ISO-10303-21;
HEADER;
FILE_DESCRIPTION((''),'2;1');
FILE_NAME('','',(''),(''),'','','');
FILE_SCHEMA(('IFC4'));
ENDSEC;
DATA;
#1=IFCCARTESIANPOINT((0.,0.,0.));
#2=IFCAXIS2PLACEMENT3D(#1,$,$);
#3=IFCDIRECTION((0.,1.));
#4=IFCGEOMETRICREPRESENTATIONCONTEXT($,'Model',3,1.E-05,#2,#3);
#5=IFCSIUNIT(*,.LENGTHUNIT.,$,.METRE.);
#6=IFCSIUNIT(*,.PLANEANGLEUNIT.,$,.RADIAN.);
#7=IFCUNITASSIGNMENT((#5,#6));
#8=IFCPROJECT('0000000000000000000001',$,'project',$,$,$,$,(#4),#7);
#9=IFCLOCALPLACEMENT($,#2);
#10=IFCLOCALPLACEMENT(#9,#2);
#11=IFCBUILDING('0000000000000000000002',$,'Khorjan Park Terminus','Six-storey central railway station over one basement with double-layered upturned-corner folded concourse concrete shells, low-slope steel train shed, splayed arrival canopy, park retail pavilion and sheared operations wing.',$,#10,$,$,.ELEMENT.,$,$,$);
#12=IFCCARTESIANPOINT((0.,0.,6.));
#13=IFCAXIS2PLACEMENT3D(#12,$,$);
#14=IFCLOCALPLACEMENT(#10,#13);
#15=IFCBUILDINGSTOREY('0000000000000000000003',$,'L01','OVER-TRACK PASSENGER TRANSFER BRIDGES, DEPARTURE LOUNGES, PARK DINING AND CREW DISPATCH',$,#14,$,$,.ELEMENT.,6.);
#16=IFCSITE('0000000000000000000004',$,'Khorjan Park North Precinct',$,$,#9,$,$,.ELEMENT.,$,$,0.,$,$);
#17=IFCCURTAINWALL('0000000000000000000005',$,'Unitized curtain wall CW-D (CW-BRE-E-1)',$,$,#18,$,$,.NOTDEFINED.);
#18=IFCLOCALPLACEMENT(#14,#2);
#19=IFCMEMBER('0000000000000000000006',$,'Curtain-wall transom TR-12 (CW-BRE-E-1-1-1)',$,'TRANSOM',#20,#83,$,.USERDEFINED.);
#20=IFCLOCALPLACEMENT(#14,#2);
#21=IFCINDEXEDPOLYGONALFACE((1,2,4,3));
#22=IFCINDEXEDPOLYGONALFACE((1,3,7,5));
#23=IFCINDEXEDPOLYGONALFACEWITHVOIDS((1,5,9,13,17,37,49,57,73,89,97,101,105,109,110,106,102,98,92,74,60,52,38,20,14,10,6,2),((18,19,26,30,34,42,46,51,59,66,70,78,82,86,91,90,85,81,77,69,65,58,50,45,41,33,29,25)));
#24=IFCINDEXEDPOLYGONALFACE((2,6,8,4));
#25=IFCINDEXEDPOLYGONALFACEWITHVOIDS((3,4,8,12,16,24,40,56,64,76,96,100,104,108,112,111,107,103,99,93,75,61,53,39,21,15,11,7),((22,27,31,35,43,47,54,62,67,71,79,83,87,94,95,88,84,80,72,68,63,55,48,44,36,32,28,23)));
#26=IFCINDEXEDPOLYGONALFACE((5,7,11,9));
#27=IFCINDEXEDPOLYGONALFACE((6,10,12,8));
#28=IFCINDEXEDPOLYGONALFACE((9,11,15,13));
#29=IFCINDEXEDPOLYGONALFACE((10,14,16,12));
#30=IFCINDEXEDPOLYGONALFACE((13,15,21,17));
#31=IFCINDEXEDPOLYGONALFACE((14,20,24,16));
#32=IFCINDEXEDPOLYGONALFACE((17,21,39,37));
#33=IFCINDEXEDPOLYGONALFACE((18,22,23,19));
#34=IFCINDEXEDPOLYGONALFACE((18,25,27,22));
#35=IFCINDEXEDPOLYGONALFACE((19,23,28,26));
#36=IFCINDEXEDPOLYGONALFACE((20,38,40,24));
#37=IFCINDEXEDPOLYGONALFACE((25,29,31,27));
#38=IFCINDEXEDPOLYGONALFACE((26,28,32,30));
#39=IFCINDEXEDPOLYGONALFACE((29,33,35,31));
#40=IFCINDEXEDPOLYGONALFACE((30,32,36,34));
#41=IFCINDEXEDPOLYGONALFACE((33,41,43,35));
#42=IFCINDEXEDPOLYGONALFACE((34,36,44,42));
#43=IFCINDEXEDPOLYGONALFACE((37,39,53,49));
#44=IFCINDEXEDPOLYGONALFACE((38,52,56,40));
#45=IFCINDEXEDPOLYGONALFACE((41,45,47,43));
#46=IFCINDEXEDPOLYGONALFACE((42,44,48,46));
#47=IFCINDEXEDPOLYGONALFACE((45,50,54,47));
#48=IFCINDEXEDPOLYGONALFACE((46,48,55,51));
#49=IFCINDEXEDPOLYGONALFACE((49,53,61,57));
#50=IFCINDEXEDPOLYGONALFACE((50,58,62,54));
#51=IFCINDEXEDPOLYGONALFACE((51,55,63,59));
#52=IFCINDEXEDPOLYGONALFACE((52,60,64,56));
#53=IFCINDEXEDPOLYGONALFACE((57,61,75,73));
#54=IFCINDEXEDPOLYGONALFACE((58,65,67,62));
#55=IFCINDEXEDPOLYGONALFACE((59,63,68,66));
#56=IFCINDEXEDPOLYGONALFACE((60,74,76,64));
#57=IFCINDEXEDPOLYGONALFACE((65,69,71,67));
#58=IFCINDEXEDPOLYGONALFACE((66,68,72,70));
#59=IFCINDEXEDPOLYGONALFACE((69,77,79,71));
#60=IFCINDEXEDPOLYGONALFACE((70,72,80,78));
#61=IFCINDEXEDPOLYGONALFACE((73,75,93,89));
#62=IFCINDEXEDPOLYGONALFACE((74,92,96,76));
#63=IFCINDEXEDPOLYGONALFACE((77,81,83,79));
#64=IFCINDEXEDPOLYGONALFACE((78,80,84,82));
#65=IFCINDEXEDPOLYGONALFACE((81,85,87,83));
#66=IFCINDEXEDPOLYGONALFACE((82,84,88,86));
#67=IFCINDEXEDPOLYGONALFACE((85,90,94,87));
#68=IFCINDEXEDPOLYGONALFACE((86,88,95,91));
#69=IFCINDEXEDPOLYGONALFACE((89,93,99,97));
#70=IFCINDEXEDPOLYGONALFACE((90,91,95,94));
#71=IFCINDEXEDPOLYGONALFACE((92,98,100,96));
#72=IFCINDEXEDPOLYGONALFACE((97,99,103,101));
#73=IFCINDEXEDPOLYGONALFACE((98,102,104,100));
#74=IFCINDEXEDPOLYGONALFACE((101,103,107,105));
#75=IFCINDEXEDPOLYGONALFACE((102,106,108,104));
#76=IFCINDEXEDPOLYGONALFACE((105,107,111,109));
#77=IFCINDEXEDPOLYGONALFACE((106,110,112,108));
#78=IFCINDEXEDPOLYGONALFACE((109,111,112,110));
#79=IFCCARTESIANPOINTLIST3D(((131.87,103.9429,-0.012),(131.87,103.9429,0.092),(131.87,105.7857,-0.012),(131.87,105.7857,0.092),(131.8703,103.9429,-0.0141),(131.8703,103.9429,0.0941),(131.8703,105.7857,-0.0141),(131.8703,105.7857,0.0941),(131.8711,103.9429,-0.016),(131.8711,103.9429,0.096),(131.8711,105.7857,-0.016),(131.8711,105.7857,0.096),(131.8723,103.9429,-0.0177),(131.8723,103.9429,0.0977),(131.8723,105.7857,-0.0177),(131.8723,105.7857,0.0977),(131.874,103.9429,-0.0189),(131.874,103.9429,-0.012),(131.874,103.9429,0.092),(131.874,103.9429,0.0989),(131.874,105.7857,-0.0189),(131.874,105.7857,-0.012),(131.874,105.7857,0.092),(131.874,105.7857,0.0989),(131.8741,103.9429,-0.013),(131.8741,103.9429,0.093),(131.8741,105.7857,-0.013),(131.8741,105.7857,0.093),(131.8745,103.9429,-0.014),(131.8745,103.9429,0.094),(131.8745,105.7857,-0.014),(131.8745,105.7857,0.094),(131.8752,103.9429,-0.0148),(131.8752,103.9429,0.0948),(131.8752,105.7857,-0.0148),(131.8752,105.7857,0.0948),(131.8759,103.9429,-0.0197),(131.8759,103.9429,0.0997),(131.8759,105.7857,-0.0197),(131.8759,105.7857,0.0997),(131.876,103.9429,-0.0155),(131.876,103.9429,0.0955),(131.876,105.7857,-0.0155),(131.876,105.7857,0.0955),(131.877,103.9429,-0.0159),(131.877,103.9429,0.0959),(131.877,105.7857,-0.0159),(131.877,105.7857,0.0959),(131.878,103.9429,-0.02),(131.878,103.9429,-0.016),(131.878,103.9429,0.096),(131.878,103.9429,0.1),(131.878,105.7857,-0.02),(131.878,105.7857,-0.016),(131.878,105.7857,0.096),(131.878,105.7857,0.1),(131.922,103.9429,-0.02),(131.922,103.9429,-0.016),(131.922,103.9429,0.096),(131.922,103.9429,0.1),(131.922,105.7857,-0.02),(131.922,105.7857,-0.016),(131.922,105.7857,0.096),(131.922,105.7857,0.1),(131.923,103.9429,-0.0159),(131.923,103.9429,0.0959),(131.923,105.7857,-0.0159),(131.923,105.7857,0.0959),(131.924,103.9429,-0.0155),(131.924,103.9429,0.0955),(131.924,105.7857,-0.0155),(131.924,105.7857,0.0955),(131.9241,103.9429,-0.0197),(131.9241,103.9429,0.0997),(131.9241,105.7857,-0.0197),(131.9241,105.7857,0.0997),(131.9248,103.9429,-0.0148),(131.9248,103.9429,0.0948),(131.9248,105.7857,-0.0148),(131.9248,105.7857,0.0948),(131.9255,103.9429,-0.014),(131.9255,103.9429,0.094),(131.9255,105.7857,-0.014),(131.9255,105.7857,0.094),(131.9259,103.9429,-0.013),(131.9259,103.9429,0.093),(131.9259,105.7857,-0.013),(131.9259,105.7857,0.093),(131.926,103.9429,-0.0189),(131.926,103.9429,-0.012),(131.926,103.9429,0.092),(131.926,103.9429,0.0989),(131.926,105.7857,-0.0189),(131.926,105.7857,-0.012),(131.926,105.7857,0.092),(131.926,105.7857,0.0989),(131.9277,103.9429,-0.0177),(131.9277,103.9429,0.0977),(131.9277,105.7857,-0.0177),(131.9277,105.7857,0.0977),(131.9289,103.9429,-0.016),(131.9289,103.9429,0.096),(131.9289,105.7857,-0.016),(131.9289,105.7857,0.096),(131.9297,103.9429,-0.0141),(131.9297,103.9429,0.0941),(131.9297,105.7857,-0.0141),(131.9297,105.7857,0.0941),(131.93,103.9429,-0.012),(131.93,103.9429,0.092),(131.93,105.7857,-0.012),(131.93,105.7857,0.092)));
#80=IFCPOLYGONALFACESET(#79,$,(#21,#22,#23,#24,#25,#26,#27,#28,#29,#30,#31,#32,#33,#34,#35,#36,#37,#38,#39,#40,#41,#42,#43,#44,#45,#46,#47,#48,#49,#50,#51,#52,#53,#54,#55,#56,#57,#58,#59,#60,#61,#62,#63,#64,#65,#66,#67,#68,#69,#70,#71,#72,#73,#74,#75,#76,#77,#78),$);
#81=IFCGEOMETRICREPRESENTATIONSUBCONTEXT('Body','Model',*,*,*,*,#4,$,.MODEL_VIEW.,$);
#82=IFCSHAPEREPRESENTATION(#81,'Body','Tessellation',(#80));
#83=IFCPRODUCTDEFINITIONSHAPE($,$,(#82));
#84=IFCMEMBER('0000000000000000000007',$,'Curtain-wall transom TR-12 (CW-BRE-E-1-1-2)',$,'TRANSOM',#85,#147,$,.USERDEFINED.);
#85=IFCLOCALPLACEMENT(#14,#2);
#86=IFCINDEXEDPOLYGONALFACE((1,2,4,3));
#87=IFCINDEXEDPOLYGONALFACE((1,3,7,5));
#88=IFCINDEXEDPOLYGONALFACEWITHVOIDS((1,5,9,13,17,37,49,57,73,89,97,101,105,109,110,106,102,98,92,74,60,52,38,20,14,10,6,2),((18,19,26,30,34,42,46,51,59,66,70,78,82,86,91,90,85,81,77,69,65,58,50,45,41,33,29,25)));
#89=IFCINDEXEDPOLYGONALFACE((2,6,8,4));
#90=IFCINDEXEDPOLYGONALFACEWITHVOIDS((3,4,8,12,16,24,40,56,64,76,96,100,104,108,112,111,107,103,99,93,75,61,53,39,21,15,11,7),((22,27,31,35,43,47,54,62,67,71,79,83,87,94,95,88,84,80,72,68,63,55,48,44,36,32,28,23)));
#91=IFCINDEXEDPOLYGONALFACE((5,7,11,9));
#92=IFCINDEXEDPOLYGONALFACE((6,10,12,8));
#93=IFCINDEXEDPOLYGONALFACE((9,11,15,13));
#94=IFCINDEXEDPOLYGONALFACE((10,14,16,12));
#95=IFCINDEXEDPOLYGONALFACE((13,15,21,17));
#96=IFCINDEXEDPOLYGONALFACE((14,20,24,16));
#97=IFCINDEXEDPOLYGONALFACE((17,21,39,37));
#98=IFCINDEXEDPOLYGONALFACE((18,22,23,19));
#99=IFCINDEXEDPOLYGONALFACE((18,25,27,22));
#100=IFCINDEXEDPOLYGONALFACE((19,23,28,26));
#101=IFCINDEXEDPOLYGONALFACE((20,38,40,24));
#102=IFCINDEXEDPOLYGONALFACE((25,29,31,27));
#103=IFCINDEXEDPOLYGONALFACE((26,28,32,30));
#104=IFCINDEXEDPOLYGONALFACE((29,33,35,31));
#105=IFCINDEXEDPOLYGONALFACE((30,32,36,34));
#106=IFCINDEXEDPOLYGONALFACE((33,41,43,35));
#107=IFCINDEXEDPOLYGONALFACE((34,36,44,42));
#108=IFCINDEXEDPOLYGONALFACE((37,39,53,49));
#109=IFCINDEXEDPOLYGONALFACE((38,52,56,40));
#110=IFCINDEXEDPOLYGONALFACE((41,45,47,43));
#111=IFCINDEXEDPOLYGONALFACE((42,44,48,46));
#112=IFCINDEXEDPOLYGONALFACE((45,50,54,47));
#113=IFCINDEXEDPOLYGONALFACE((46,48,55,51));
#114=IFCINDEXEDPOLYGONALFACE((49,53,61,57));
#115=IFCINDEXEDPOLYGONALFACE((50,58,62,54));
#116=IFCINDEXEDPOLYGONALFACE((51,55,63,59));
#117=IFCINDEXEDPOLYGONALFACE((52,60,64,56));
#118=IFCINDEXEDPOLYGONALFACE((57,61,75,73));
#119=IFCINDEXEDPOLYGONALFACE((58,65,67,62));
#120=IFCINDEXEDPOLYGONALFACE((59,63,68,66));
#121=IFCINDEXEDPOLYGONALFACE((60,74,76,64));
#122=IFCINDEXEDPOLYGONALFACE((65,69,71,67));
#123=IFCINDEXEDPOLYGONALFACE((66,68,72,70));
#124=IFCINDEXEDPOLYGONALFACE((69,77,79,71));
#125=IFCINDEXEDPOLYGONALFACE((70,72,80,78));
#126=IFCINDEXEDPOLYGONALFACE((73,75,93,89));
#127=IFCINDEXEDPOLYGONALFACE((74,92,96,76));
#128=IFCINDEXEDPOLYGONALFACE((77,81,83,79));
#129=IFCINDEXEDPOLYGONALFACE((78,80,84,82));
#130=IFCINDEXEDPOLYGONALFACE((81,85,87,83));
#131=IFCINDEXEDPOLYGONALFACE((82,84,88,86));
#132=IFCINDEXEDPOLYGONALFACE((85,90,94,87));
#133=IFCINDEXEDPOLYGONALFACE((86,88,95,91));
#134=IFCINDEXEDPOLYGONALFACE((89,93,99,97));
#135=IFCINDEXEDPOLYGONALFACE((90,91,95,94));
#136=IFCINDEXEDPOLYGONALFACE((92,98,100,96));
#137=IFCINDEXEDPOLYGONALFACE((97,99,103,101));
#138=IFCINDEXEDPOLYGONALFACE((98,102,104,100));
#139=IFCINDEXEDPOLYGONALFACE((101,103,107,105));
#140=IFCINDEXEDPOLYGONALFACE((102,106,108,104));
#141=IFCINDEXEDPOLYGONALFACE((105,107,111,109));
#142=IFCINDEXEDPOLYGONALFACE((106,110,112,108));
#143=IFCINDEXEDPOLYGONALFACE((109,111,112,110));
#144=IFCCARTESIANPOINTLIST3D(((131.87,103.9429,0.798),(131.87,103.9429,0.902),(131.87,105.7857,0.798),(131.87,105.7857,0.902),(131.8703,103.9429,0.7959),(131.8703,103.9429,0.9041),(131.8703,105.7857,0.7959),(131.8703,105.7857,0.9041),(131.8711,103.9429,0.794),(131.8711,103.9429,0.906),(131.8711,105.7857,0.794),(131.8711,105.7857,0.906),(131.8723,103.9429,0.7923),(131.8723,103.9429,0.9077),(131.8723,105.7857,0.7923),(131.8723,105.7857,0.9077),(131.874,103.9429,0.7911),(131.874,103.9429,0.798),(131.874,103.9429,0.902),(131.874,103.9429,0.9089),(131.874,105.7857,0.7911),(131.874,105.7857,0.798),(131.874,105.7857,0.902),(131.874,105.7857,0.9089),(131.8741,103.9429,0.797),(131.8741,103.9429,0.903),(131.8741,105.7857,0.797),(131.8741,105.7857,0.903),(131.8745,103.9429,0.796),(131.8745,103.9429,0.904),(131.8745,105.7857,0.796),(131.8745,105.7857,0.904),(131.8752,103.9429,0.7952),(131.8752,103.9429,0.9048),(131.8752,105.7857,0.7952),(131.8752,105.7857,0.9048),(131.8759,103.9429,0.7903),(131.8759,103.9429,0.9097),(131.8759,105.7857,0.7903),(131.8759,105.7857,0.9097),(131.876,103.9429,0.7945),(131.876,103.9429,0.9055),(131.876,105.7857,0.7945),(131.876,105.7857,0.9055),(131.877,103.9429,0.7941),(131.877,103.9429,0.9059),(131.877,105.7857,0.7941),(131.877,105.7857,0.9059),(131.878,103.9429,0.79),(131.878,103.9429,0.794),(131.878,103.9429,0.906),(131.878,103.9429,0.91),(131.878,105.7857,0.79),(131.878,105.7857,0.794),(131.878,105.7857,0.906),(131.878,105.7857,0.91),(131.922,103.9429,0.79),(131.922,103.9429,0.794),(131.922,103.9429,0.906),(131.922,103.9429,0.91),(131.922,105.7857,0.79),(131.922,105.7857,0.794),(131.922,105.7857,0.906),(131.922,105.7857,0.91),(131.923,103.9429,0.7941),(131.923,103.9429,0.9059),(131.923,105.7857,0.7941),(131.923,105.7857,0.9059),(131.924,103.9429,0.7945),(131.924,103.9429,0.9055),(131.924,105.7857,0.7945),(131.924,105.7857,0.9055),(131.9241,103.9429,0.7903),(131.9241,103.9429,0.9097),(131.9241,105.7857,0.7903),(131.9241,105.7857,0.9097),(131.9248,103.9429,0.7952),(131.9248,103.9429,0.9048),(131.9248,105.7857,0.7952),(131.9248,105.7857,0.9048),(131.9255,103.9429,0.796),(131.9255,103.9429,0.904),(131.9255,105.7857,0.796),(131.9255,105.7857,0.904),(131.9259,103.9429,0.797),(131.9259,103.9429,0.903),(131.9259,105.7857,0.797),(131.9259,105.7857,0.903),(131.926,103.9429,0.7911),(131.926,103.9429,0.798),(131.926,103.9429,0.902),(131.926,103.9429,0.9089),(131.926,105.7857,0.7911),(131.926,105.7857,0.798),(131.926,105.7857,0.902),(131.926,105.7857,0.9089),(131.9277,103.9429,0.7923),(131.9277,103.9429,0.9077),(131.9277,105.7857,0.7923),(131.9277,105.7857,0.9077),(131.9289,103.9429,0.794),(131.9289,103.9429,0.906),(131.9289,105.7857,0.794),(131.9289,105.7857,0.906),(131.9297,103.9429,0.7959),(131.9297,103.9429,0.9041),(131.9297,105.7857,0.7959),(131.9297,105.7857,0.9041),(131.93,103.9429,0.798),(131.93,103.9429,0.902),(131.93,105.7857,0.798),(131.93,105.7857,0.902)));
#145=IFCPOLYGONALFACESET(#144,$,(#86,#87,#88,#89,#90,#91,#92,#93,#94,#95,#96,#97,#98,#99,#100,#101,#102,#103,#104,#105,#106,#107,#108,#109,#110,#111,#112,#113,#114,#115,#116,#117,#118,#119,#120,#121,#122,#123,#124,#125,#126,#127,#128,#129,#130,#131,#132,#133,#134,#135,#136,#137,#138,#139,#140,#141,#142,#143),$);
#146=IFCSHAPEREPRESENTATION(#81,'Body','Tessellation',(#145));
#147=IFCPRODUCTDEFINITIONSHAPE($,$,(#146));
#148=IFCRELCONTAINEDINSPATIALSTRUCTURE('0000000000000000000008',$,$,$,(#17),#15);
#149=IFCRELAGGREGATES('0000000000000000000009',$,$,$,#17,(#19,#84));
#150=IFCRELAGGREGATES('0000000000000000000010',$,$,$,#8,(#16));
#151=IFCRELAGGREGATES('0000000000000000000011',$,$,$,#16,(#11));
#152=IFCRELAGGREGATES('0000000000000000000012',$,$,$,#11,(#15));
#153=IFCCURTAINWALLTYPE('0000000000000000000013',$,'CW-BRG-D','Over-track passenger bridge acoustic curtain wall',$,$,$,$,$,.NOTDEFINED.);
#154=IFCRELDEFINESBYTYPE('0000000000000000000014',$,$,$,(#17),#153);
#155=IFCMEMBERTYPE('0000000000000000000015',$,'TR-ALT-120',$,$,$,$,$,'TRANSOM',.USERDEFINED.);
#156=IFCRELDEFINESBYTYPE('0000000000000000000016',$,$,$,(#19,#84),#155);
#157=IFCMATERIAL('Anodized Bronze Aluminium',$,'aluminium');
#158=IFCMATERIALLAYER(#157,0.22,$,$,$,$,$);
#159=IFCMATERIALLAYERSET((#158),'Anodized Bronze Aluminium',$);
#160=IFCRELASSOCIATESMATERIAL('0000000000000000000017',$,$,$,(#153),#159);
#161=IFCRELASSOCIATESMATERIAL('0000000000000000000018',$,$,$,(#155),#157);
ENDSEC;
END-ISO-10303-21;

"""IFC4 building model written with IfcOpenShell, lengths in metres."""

from ifc_helpers import new_model, si_unit, direction, frame, origin, origin_2d, place, context, subcontext, project, spatial, hollow_rectangle, extrude, material, layer, layer_set, material_profile, profile_set, type_object, element, aggregate, save


model = new_model("IFC4")

# Units and contexts
model_context = context("Model", 3, precision=1e-05, world=origin(), true_north=direction((0.0, 1.0)))
body_context = subcontext(model_context, "Body", "Model", "MODEL_VIEW")
ifc_project = project(units=[si_unit("LENGTHUNIT", "METRE"), si_unit("PLANEANGLEUNIT", "RADIAN")], contexts=[model_context])

# Site, building, storey
site_placement = place(None, origin())
site = spatial("IfcSite", under=ifc_project, at=site_placement, Name="Khorjan Park North Precinct", CompositionType="ELEMENT", RefElevation=0.0)
building_placement = place(site_placement, origin())
building = spatial("IfcBuilding", under=site, at=building_placement, Name="Khorjan Park Terminus", Description="Six-storey central railway station over one basement with double-layered upturned-corner folded concourse concrete shells, low-slope steel train shed, splayed arrival canopy, park retail pavilion and sheared operations wing.", CompositionType="ELEMENT")
storey_placement = place(building_placement, frame((0.0, 0.0, 6.0)))
storey = spatial("IfcBuildingStorey", under=building, at=storey_placement, Name="L01", Description="OVER-TRACK PASSENGER TRANSFER BRIDGES, DEPARTURE LOUNGES, PARK DINING AND CREW DISPATCH", CompositionType="ELEMENT", Elevation=6.0)

# Curtain wall
ifc_material_1 = material(Name="Anodized Bronze Aluminium", Category="aluminium")
ifc_layer_1 = layer(ifc_material_1, 0.22)
ifc_layer_set_1 = layer_set([ifc_layer_1], Name="Anodized Bronze Aluminium")
curtain_wall_type = type_object("IfcCurtainWallType", Name="CW-BRG-D", Description="Over-track passenger bridge acoustic curtain wall", PredefinedType="NOTDEFINED", material=ifc_layer_set_1)
curtain_wall_1_placement = place(storey_placement, origin())
curtain_wall_1 = element("IfcCurtainWall", 1, at=curtain_wall_1_placement, inside=storey, type_object=curtain_wall_type, Name="Unitized curtain wall CW-D (CW-BRE-E-1)", PredefinedType="NOTDEFINED")

# Members
ifc_material_profile_1 = material_profile(ifc_material_1, hollow_rectangle(XDim=0.06, YDim=0.12, WallThickness=0.004, InnerFilletRadius=0.004, OuterFilletRadius=0.008, at=origin_2d()), Name="ALT 60x120x4")
ifc_profile_set_1 = profile_set([ifc_material_profile_1], Name="Anodized Bronze Aluminium")
member_type_1 = type_object("IfcMemberType", Name="TR-ALT-120", ElementType="TRANSOM", PredefinedType="USERDEFINED", material=ifc_profile_set_1)
member_1_placement = place(storey_placement, frame((131.9, 103.9429, 0.04), z_axis=(0.0, 1.0, 0.0), x_axis=(-1.0, 0.0, 0.0)))
member_1 = element("IfcMember", 2, at=member_1_placement, type_object=member_type_1, Name="Curtain-wall transom TR-12 (CW-BRE-E-1-1-1)", ObjectType="TRANSOM", PredefinedType="USERDEFINED", context=body_context, shape_type="SweptSolid", body=[
    extrude(hollow_rectangle(XDim=0.06, YDim=0.12, WallThickness=0.004, InnerFilletRadius=0.004, OuterFilletRadius=0.008, at=origin_2d()), origin(), (0.0, 0.0, 1.0), 1.8428),
])
member_2_placement = place(storey_placement, frame((131.9, 103.9429, 0.85), z_axis=(0.0, 1.0, 0.0), x_axis=(-1.0, 0.0, 0.0)))
member_2 = element("IfcMember", 3, at=member_2_placement, type_object=member_type_1, Name="Curtain-wall transom TR-12 (CW-BRE-E-1-1-2)", ObjectType="TRANSOM", PredefinedType="USERDEFINED", context=body_context, shape_type="SweptSolid", body=[
    extrude(hollow_rectangle(XDim=0.06, YDim=0.12, WallThickness=0.004, InnerFilletRadius=0.004, OuterFilletRadius=0.008, at=origin_2d()), origin(), (0.0, 0.0, 1.0), 1.8428),
])

aggregate(curtain_wall_1, [member_1, member_2])

save(model, "model.ifc")
